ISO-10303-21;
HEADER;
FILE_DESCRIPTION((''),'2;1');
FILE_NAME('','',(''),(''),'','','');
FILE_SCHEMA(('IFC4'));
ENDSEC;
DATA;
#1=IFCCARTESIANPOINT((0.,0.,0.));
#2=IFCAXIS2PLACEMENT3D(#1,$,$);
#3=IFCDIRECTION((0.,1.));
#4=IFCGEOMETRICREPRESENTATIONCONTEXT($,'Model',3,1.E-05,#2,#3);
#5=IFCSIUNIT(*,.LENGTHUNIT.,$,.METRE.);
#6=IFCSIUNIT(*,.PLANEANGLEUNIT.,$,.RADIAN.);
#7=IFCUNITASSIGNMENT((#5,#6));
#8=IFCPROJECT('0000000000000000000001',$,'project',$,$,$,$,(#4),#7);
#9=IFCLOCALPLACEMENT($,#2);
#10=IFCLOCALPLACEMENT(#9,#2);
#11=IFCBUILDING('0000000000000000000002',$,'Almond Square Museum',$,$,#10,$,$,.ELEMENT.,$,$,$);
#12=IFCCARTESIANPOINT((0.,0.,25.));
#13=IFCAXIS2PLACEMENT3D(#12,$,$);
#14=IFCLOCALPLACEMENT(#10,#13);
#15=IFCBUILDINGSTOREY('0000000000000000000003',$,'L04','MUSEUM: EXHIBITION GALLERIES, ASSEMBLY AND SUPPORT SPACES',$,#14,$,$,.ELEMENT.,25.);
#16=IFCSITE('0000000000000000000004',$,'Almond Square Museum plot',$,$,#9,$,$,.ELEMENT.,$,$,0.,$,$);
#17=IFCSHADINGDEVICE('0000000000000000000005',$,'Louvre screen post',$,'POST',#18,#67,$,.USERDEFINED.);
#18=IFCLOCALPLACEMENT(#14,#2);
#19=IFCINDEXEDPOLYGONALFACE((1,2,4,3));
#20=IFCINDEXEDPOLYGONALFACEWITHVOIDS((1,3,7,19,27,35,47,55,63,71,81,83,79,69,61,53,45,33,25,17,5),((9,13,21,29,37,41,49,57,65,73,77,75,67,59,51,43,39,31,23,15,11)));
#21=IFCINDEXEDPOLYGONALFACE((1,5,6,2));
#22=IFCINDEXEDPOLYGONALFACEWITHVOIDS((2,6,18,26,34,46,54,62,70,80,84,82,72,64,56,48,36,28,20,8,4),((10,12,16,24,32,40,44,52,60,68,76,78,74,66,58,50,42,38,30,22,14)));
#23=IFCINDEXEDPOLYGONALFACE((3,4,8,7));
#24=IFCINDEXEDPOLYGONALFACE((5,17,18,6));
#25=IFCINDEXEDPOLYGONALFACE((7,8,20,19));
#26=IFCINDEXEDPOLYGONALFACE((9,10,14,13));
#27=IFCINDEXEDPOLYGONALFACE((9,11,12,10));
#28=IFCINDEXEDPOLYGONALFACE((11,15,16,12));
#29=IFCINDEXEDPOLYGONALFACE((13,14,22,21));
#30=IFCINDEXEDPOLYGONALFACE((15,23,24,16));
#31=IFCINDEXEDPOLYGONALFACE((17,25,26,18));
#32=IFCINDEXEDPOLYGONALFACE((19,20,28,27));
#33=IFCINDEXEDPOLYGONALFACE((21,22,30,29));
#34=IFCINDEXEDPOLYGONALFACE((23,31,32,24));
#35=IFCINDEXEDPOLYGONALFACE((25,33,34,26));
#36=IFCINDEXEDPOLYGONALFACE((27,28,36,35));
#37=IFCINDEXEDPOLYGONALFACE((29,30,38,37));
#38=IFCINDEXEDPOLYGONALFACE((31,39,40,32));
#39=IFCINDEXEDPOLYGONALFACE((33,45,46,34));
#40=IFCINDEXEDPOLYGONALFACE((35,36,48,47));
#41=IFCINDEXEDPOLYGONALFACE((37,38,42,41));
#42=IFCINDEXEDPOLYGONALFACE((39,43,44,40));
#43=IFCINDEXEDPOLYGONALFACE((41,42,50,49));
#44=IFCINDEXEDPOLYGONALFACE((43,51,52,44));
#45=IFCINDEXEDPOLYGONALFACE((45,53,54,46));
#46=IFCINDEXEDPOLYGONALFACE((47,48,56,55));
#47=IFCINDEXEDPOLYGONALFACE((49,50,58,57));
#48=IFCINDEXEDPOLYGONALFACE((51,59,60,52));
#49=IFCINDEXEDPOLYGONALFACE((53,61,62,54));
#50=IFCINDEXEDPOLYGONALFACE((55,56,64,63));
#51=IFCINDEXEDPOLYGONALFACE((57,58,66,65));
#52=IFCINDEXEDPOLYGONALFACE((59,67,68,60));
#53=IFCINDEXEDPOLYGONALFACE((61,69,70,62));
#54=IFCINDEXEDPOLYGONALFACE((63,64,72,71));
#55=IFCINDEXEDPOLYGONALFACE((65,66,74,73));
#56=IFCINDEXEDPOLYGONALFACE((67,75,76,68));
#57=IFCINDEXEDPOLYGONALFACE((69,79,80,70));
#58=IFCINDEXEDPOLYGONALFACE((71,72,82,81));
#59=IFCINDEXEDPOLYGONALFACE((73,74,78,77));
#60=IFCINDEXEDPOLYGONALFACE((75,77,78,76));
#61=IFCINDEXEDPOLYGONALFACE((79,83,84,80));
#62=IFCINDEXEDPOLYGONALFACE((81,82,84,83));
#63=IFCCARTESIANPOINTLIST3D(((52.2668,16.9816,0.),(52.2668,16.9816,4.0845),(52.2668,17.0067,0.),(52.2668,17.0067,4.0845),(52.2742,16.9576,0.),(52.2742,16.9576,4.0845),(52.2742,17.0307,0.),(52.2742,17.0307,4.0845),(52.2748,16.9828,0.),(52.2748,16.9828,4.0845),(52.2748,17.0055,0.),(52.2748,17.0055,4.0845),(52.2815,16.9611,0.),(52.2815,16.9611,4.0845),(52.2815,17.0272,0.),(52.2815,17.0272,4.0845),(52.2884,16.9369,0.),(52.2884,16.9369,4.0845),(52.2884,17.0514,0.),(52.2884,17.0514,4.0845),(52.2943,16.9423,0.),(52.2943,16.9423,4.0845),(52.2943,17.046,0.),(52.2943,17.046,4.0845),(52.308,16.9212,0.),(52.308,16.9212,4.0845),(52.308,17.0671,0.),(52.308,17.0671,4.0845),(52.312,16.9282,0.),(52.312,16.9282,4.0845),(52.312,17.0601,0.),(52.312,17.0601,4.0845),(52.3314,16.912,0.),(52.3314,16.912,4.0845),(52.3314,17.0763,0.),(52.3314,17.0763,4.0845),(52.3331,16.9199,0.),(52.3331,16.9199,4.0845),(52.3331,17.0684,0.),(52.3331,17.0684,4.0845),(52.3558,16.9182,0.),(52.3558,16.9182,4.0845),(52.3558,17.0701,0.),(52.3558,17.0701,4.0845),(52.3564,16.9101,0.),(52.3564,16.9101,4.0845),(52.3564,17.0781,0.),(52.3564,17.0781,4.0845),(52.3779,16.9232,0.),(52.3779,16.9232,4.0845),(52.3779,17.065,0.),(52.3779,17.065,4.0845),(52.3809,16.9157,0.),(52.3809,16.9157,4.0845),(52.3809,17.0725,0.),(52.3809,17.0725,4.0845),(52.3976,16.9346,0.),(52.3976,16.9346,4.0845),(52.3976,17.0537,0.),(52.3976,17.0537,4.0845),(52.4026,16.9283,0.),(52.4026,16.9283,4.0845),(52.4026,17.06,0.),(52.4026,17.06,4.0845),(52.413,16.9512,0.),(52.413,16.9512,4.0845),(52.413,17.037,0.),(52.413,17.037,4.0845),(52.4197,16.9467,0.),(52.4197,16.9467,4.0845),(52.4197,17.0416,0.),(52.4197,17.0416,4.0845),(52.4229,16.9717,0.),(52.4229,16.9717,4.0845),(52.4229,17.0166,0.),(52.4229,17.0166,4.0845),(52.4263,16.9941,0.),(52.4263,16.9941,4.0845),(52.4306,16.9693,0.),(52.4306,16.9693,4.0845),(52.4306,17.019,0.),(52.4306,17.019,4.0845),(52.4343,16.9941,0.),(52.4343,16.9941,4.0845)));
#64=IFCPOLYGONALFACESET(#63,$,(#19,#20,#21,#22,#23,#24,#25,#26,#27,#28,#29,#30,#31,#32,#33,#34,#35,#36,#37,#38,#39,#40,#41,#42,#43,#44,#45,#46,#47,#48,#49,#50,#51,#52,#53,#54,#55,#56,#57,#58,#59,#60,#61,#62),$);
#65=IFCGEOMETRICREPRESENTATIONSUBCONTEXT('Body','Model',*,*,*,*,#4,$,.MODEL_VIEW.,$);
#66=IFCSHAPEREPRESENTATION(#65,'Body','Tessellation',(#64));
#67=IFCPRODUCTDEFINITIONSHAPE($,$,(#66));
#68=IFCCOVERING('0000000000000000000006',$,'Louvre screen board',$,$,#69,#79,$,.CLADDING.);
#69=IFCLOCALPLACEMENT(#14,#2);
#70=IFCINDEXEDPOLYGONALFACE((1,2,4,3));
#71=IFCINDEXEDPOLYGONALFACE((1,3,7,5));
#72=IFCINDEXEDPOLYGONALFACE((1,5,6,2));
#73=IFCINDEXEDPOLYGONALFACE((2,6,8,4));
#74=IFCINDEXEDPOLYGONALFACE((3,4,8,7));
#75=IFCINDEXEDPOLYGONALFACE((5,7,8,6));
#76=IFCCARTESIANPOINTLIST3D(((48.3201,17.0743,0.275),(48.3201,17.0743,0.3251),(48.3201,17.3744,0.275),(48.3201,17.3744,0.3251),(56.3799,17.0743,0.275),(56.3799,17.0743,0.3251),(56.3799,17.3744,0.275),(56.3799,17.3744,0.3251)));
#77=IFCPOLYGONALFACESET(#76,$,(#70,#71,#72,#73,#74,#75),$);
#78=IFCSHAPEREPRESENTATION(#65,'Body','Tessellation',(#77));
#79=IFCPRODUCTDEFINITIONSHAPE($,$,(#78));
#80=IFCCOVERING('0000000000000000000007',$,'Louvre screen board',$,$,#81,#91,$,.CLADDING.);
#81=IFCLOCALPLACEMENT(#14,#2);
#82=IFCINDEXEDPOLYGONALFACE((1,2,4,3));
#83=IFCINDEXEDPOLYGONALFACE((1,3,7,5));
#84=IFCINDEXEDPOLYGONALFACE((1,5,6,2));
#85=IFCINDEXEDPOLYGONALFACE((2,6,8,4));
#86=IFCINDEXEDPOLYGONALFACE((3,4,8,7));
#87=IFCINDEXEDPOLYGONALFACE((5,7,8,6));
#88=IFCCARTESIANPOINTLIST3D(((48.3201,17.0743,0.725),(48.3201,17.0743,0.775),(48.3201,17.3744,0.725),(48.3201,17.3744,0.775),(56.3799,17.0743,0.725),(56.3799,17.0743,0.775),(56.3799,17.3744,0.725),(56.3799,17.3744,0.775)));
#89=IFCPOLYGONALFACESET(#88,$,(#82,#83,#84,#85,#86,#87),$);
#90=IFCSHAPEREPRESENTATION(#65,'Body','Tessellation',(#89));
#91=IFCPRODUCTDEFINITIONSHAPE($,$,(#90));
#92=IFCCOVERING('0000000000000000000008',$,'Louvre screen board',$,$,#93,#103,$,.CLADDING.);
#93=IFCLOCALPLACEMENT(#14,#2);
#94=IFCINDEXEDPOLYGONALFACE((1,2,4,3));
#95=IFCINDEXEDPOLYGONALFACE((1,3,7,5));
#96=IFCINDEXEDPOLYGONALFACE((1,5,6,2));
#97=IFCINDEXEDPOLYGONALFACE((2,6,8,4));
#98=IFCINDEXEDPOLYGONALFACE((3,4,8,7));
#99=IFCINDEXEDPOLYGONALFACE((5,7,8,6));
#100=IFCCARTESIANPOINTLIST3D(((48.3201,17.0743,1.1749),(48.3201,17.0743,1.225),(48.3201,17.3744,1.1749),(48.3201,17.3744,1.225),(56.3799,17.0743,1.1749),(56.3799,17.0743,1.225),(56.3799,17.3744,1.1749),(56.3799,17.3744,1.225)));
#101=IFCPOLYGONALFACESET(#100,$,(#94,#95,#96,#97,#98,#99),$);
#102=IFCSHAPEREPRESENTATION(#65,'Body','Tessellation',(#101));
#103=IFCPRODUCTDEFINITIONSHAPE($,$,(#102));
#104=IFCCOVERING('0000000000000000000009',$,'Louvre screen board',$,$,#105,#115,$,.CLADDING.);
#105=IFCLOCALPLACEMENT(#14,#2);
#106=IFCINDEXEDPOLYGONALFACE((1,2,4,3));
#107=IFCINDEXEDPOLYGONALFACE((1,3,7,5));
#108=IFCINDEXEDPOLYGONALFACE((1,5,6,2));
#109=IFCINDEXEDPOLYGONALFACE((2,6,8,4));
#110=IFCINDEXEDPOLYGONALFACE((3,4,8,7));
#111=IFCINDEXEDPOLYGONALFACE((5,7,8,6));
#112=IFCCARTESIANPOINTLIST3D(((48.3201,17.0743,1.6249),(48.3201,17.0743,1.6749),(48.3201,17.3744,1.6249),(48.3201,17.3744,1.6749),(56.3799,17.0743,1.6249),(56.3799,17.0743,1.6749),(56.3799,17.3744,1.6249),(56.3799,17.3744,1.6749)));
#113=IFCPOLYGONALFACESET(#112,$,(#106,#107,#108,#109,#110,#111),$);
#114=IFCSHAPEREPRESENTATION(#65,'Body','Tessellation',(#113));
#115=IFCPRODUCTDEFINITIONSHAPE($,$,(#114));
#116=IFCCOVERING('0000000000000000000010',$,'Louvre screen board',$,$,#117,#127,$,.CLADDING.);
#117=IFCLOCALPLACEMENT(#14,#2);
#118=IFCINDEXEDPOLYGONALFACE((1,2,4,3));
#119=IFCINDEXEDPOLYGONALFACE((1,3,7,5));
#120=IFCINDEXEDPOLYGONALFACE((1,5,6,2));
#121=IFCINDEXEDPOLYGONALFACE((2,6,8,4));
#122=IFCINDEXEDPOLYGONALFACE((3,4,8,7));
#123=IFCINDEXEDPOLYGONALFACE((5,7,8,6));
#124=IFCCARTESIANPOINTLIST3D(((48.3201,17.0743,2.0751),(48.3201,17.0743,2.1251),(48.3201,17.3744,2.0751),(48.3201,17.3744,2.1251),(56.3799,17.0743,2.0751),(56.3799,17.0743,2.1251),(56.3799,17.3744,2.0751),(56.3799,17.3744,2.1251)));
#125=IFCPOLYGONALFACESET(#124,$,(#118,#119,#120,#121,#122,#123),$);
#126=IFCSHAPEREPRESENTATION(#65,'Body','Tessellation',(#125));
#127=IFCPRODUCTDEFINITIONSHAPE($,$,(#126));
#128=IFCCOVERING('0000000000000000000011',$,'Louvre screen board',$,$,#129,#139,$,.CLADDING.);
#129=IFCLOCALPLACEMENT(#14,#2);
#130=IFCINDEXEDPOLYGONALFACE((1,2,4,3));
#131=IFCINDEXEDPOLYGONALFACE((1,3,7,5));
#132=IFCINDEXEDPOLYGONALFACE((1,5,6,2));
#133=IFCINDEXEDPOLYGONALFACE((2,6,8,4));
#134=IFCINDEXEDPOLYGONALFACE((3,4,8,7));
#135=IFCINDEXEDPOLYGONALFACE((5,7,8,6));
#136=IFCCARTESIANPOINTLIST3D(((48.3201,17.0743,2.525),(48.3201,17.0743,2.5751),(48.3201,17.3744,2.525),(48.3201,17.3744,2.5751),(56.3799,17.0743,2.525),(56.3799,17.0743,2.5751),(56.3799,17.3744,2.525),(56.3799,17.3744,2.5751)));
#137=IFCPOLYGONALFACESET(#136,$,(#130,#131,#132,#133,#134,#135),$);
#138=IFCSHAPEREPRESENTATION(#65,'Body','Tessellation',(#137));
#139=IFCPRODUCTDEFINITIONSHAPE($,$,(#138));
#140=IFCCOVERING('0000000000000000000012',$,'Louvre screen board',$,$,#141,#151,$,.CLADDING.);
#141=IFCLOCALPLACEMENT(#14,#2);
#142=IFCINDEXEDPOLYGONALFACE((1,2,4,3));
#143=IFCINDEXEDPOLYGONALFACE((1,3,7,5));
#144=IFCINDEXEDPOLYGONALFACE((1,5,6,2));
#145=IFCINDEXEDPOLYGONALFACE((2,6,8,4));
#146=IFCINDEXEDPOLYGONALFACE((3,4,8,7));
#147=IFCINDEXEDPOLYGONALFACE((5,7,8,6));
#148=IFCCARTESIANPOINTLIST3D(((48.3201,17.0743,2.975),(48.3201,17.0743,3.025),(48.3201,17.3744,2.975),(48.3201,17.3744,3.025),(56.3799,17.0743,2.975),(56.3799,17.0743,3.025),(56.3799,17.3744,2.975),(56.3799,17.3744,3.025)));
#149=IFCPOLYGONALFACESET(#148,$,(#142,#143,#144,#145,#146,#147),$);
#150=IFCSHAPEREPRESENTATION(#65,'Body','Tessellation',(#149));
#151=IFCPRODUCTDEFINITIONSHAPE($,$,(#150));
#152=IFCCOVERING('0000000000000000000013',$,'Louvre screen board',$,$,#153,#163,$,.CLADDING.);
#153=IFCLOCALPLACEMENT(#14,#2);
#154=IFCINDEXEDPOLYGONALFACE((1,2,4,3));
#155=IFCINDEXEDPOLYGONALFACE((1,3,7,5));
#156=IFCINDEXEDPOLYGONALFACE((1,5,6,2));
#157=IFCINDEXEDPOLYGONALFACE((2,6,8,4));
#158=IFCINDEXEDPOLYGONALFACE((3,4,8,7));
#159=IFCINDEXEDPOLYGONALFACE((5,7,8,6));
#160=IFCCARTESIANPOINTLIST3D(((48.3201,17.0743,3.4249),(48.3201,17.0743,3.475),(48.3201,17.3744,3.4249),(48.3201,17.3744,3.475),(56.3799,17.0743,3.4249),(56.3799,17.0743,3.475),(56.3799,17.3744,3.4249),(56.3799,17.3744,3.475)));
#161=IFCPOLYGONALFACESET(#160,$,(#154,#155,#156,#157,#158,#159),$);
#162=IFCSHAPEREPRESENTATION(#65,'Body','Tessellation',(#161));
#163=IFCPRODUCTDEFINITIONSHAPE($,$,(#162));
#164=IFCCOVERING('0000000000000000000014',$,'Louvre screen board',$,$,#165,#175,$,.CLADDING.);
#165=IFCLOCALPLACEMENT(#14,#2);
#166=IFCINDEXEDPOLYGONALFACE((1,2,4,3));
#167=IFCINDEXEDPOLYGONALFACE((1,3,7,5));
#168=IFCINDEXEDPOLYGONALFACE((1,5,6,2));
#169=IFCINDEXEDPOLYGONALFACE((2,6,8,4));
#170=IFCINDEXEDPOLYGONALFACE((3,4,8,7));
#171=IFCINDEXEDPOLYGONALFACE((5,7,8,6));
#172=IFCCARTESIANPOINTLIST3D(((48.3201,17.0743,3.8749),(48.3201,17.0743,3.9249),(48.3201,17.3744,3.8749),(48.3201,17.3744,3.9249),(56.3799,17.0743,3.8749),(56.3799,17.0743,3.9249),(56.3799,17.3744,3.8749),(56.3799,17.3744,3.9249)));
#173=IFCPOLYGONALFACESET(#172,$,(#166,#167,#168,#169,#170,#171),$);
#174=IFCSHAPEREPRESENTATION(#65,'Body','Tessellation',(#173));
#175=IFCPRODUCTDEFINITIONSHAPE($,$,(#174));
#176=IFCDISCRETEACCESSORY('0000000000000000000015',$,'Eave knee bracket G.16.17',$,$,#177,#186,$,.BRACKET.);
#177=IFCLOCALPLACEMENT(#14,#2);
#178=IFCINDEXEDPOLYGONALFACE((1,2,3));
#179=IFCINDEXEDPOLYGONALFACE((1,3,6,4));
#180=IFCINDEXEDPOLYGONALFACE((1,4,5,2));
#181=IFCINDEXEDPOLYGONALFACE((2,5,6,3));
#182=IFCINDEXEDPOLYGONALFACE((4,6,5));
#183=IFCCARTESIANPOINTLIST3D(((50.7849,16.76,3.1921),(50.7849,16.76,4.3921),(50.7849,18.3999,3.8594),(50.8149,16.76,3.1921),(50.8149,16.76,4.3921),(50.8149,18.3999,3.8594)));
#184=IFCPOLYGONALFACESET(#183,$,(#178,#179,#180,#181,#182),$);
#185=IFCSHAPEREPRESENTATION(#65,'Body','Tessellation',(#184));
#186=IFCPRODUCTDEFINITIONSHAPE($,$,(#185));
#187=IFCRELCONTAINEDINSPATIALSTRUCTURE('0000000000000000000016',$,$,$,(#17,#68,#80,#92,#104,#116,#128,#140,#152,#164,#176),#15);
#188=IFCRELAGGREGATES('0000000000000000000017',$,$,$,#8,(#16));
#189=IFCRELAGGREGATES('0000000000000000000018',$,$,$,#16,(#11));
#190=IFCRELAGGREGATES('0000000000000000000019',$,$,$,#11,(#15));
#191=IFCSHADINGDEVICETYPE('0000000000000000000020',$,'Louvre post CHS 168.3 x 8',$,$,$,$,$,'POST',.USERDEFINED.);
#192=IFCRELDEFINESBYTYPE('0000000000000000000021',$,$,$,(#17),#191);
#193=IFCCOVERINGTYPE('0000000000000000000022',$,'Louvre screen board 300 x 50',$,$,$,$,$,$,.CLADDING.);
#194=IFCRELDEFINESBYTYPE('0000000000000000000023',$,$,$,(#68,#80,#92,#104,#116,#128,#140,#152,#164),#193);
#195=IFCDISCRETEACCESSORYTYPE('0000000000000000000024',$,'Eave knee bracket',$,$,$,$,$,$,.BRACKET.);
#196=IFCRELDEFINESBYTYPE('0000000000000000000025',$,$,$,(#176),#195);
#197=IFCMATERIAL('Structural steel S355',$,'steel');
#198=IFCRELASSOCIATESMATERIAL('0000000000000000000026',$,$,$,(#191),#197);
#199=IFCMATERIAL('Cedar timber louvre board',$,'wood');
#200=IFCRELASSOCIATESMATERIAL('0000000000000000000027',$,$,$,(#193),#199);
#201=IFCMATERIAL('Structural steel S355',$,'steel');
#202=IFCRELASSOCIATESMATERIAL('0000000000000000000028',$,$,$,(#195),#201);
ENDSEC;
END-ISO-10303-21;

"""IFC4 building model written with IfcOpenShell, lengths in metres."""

from ifc_helpers import new_model, si_unit, direction, frame, origin, origin_2d, place, context, subcontext, project, spatial, polyline, rectangle, hollow_circle, outline, extrude, material, material_profile, profile_set, type_object, element, save


model = new_model("IFC4")

# Units and contexts
model_context = context("Model", 3, precision=1e-05, world=origin(), true_north=direction((0.0, 1.0)))
body_context = subcontext(model_context, "Body", "Model", "MODEL_VIEW")
ifc_project = project(units=[si_unit("LENGTHUNIT", "METRE"), si_unit("PLANEANGLEUNIT", "RADIAN")], contexts=[model_context])

# Site, building, storey
site_placement = place(None, origin())
site = spatial("IfcSite", under=ifc_project, at=site_placement, Name="Almond Square Museum plot", CompositionType="ELEMENT", RefElevation=0.0)
building_placement = place(site_placement, origin())
building = spatial("IfcBuilding", under=site, at=building_placement, Name="Almond Square Museum", CompositionType="ELEMENT")
storey_placement = place(building_placement, frame((0.0, 0.0, 25.0)))
storey = spatial("IfcBuildingStorey", under=building, at=storey_placement, Name="L04", Description="MUSEUM: EXHIBITION GALLERIES, ASSEMBLY AND SUPPORT SPACES", CompositionType="ELEMENT", Elevation=25.0)

# Shading device
ifc_material_1 = material(Name="Structural steel S355", Category="steel")
ifc_material_profile_1 = material_profile(ifc_material_1, hollow_circle(Radius=0.0842, WallThickness=0.0081, at=origin_2d()))
ifc_profile_set_1 = profile_set([ifc_material_profile_1], Name="Structural steel S355")
shading_device_type = type_object("IfcShadingDeviceType", Name="Louvre post CHS 168.3 x 8", ElementType="POST", PredefinedType="USERDEFINED", material=ifc_profile_set_1)
for number, where, z_axis, x_axis, name in (
    (1, (52.3501, 16.9941, 0.0), (0.0, 0.0, 1.0), (1.0, 0.0, 0.0), "Louvre screen post"),
):
    element("IfcShadingDevice", number, at=place(storey_placement, frame(where, z_axis=z_axis, x_axis=x_axis)), inside=storey, type_object=shading_device_type, Name=name, ObjectType="POST", PredefinedType="USERDEFINED", context=body_context, shape_type="SweptSolid", body=[
        extrude(hollow_circle(Radius=0.0842, WallThickness=0.0081, at=origin_2d()), origin(), (0.0, 0.0, 1.0), 4.0845),
    ])

# Coverings
ifc_material_2 = material(Name="Cedar timber louvre board", Category="wood")
ifc_material_profile_2 = material_profile(ifc_material_2, rectangle(XDim=0.3, YDim=0.05, at=origin_2d()))
ifc_profile_set_2 = profile_set([ifc_material_profile_2], Name="Cedar timber louvre board")
covering_type = type_object("IfcCoveringType", Name="Louvre screen board 300 x 50", PredefinedType="CLADDING", material=ifc_profile_set_2)
for number, where, z_axis, x_axis, name in (
    (2, (48.3201, 17.2244, 0.3), (1.0, 0.0, 0.0), (0.0, 1.0, 0.0), "Louvre screen board"),
    (3, (48.3201, 17.2244, 0.75), (1.0, 0.0, 0.0), (0.0, 1.0, 0.0), "Louvre screen board"),
    (4, (48.3201, 17.2244, 1.2), (1.0, 0.0, 0.0), (0.0, 1.0, 0.0), "Louvre screen board"),
    (5, (48.3201, 17.2244, 1.6499), (1.0, 0.0, 0.0), (0.0, 1.0, 0.0), "Louvre screen board"),
    (6, (48.3201, 17.2244, 2.1001), (1.0, 0.0, 0.0), (0.0, 1.0, 0.0), "Louvre screen board"),
    (7, (48.3201, 17.2244, 2.55), (1.0, 0.0, 0.0), (0.0, 1.0, 0.0), "Louvre screen board"),
    (8, (48.3201, 17.2244, 3.0), (1.0, 0.0, 0.0), (0.0, 1.0, 0.0), "Louvre screen board"),
    (9, (48.3201, 17.2244, 3.45), (1.0, 0.0, 0.0), (0.0, 1.0, 0.0), "Louvre screen board"),
    (10, (48.3201, 17.2244, 3.8999), (1.0, 0.0, 0.0), (0.0, 1.0, 0.0), "Louvre screen board"),
):
    element("IfcCovering", number, at=place(storey_placement, frame(where, z_axis=z_axis, x_axis=x_axis)), inside=storey, type_object=covering_type, Name=name, PredefinedType="CLADDING", context=body_context, shape_type="SweptSolid", body=[
        extrude(rectangle(XDim=0.3, YDim=0.05, at=origin_2d()), origin(), (0.0, 0.0, 1.0), 8.0598),
    ])

# Discrete accessory
ifc_material_3 = material(Name="Structural steel S355", Category="steel")
discrete_accessory_type = type_object("IfcDiscreteAccessoryType", Name="Eave knee bracket", PredefinedType="BRACKET", material=ifc_material_3)
discrete_accessory_placement = place(storey_placement, frame((50.8, 16.76, 4.3921), z_axis=(1.0, 0.0, 0.0), x_axis=(0.0, 0.0, -1.0)))
element("IfcDiscreteAccessory", 11, at=discrete_accessory_placement, inside=storey, type_object=discrete_accessory_type, Name="Eave knee bracket G.16.17", PredefinedType="BRACKET", context=body_context, shape_type="SweptSolid", body=[
    extrude(outline(polyline([(0.0, 0.0), (1.2, 0.0), (0.5327, 1.6399), (0.0, 0.0)])), frame((0.0, 0.0, -0.0151)), (0.0, 0.0, 1.0), 0.03),
])

save(model, "model.ifc")
